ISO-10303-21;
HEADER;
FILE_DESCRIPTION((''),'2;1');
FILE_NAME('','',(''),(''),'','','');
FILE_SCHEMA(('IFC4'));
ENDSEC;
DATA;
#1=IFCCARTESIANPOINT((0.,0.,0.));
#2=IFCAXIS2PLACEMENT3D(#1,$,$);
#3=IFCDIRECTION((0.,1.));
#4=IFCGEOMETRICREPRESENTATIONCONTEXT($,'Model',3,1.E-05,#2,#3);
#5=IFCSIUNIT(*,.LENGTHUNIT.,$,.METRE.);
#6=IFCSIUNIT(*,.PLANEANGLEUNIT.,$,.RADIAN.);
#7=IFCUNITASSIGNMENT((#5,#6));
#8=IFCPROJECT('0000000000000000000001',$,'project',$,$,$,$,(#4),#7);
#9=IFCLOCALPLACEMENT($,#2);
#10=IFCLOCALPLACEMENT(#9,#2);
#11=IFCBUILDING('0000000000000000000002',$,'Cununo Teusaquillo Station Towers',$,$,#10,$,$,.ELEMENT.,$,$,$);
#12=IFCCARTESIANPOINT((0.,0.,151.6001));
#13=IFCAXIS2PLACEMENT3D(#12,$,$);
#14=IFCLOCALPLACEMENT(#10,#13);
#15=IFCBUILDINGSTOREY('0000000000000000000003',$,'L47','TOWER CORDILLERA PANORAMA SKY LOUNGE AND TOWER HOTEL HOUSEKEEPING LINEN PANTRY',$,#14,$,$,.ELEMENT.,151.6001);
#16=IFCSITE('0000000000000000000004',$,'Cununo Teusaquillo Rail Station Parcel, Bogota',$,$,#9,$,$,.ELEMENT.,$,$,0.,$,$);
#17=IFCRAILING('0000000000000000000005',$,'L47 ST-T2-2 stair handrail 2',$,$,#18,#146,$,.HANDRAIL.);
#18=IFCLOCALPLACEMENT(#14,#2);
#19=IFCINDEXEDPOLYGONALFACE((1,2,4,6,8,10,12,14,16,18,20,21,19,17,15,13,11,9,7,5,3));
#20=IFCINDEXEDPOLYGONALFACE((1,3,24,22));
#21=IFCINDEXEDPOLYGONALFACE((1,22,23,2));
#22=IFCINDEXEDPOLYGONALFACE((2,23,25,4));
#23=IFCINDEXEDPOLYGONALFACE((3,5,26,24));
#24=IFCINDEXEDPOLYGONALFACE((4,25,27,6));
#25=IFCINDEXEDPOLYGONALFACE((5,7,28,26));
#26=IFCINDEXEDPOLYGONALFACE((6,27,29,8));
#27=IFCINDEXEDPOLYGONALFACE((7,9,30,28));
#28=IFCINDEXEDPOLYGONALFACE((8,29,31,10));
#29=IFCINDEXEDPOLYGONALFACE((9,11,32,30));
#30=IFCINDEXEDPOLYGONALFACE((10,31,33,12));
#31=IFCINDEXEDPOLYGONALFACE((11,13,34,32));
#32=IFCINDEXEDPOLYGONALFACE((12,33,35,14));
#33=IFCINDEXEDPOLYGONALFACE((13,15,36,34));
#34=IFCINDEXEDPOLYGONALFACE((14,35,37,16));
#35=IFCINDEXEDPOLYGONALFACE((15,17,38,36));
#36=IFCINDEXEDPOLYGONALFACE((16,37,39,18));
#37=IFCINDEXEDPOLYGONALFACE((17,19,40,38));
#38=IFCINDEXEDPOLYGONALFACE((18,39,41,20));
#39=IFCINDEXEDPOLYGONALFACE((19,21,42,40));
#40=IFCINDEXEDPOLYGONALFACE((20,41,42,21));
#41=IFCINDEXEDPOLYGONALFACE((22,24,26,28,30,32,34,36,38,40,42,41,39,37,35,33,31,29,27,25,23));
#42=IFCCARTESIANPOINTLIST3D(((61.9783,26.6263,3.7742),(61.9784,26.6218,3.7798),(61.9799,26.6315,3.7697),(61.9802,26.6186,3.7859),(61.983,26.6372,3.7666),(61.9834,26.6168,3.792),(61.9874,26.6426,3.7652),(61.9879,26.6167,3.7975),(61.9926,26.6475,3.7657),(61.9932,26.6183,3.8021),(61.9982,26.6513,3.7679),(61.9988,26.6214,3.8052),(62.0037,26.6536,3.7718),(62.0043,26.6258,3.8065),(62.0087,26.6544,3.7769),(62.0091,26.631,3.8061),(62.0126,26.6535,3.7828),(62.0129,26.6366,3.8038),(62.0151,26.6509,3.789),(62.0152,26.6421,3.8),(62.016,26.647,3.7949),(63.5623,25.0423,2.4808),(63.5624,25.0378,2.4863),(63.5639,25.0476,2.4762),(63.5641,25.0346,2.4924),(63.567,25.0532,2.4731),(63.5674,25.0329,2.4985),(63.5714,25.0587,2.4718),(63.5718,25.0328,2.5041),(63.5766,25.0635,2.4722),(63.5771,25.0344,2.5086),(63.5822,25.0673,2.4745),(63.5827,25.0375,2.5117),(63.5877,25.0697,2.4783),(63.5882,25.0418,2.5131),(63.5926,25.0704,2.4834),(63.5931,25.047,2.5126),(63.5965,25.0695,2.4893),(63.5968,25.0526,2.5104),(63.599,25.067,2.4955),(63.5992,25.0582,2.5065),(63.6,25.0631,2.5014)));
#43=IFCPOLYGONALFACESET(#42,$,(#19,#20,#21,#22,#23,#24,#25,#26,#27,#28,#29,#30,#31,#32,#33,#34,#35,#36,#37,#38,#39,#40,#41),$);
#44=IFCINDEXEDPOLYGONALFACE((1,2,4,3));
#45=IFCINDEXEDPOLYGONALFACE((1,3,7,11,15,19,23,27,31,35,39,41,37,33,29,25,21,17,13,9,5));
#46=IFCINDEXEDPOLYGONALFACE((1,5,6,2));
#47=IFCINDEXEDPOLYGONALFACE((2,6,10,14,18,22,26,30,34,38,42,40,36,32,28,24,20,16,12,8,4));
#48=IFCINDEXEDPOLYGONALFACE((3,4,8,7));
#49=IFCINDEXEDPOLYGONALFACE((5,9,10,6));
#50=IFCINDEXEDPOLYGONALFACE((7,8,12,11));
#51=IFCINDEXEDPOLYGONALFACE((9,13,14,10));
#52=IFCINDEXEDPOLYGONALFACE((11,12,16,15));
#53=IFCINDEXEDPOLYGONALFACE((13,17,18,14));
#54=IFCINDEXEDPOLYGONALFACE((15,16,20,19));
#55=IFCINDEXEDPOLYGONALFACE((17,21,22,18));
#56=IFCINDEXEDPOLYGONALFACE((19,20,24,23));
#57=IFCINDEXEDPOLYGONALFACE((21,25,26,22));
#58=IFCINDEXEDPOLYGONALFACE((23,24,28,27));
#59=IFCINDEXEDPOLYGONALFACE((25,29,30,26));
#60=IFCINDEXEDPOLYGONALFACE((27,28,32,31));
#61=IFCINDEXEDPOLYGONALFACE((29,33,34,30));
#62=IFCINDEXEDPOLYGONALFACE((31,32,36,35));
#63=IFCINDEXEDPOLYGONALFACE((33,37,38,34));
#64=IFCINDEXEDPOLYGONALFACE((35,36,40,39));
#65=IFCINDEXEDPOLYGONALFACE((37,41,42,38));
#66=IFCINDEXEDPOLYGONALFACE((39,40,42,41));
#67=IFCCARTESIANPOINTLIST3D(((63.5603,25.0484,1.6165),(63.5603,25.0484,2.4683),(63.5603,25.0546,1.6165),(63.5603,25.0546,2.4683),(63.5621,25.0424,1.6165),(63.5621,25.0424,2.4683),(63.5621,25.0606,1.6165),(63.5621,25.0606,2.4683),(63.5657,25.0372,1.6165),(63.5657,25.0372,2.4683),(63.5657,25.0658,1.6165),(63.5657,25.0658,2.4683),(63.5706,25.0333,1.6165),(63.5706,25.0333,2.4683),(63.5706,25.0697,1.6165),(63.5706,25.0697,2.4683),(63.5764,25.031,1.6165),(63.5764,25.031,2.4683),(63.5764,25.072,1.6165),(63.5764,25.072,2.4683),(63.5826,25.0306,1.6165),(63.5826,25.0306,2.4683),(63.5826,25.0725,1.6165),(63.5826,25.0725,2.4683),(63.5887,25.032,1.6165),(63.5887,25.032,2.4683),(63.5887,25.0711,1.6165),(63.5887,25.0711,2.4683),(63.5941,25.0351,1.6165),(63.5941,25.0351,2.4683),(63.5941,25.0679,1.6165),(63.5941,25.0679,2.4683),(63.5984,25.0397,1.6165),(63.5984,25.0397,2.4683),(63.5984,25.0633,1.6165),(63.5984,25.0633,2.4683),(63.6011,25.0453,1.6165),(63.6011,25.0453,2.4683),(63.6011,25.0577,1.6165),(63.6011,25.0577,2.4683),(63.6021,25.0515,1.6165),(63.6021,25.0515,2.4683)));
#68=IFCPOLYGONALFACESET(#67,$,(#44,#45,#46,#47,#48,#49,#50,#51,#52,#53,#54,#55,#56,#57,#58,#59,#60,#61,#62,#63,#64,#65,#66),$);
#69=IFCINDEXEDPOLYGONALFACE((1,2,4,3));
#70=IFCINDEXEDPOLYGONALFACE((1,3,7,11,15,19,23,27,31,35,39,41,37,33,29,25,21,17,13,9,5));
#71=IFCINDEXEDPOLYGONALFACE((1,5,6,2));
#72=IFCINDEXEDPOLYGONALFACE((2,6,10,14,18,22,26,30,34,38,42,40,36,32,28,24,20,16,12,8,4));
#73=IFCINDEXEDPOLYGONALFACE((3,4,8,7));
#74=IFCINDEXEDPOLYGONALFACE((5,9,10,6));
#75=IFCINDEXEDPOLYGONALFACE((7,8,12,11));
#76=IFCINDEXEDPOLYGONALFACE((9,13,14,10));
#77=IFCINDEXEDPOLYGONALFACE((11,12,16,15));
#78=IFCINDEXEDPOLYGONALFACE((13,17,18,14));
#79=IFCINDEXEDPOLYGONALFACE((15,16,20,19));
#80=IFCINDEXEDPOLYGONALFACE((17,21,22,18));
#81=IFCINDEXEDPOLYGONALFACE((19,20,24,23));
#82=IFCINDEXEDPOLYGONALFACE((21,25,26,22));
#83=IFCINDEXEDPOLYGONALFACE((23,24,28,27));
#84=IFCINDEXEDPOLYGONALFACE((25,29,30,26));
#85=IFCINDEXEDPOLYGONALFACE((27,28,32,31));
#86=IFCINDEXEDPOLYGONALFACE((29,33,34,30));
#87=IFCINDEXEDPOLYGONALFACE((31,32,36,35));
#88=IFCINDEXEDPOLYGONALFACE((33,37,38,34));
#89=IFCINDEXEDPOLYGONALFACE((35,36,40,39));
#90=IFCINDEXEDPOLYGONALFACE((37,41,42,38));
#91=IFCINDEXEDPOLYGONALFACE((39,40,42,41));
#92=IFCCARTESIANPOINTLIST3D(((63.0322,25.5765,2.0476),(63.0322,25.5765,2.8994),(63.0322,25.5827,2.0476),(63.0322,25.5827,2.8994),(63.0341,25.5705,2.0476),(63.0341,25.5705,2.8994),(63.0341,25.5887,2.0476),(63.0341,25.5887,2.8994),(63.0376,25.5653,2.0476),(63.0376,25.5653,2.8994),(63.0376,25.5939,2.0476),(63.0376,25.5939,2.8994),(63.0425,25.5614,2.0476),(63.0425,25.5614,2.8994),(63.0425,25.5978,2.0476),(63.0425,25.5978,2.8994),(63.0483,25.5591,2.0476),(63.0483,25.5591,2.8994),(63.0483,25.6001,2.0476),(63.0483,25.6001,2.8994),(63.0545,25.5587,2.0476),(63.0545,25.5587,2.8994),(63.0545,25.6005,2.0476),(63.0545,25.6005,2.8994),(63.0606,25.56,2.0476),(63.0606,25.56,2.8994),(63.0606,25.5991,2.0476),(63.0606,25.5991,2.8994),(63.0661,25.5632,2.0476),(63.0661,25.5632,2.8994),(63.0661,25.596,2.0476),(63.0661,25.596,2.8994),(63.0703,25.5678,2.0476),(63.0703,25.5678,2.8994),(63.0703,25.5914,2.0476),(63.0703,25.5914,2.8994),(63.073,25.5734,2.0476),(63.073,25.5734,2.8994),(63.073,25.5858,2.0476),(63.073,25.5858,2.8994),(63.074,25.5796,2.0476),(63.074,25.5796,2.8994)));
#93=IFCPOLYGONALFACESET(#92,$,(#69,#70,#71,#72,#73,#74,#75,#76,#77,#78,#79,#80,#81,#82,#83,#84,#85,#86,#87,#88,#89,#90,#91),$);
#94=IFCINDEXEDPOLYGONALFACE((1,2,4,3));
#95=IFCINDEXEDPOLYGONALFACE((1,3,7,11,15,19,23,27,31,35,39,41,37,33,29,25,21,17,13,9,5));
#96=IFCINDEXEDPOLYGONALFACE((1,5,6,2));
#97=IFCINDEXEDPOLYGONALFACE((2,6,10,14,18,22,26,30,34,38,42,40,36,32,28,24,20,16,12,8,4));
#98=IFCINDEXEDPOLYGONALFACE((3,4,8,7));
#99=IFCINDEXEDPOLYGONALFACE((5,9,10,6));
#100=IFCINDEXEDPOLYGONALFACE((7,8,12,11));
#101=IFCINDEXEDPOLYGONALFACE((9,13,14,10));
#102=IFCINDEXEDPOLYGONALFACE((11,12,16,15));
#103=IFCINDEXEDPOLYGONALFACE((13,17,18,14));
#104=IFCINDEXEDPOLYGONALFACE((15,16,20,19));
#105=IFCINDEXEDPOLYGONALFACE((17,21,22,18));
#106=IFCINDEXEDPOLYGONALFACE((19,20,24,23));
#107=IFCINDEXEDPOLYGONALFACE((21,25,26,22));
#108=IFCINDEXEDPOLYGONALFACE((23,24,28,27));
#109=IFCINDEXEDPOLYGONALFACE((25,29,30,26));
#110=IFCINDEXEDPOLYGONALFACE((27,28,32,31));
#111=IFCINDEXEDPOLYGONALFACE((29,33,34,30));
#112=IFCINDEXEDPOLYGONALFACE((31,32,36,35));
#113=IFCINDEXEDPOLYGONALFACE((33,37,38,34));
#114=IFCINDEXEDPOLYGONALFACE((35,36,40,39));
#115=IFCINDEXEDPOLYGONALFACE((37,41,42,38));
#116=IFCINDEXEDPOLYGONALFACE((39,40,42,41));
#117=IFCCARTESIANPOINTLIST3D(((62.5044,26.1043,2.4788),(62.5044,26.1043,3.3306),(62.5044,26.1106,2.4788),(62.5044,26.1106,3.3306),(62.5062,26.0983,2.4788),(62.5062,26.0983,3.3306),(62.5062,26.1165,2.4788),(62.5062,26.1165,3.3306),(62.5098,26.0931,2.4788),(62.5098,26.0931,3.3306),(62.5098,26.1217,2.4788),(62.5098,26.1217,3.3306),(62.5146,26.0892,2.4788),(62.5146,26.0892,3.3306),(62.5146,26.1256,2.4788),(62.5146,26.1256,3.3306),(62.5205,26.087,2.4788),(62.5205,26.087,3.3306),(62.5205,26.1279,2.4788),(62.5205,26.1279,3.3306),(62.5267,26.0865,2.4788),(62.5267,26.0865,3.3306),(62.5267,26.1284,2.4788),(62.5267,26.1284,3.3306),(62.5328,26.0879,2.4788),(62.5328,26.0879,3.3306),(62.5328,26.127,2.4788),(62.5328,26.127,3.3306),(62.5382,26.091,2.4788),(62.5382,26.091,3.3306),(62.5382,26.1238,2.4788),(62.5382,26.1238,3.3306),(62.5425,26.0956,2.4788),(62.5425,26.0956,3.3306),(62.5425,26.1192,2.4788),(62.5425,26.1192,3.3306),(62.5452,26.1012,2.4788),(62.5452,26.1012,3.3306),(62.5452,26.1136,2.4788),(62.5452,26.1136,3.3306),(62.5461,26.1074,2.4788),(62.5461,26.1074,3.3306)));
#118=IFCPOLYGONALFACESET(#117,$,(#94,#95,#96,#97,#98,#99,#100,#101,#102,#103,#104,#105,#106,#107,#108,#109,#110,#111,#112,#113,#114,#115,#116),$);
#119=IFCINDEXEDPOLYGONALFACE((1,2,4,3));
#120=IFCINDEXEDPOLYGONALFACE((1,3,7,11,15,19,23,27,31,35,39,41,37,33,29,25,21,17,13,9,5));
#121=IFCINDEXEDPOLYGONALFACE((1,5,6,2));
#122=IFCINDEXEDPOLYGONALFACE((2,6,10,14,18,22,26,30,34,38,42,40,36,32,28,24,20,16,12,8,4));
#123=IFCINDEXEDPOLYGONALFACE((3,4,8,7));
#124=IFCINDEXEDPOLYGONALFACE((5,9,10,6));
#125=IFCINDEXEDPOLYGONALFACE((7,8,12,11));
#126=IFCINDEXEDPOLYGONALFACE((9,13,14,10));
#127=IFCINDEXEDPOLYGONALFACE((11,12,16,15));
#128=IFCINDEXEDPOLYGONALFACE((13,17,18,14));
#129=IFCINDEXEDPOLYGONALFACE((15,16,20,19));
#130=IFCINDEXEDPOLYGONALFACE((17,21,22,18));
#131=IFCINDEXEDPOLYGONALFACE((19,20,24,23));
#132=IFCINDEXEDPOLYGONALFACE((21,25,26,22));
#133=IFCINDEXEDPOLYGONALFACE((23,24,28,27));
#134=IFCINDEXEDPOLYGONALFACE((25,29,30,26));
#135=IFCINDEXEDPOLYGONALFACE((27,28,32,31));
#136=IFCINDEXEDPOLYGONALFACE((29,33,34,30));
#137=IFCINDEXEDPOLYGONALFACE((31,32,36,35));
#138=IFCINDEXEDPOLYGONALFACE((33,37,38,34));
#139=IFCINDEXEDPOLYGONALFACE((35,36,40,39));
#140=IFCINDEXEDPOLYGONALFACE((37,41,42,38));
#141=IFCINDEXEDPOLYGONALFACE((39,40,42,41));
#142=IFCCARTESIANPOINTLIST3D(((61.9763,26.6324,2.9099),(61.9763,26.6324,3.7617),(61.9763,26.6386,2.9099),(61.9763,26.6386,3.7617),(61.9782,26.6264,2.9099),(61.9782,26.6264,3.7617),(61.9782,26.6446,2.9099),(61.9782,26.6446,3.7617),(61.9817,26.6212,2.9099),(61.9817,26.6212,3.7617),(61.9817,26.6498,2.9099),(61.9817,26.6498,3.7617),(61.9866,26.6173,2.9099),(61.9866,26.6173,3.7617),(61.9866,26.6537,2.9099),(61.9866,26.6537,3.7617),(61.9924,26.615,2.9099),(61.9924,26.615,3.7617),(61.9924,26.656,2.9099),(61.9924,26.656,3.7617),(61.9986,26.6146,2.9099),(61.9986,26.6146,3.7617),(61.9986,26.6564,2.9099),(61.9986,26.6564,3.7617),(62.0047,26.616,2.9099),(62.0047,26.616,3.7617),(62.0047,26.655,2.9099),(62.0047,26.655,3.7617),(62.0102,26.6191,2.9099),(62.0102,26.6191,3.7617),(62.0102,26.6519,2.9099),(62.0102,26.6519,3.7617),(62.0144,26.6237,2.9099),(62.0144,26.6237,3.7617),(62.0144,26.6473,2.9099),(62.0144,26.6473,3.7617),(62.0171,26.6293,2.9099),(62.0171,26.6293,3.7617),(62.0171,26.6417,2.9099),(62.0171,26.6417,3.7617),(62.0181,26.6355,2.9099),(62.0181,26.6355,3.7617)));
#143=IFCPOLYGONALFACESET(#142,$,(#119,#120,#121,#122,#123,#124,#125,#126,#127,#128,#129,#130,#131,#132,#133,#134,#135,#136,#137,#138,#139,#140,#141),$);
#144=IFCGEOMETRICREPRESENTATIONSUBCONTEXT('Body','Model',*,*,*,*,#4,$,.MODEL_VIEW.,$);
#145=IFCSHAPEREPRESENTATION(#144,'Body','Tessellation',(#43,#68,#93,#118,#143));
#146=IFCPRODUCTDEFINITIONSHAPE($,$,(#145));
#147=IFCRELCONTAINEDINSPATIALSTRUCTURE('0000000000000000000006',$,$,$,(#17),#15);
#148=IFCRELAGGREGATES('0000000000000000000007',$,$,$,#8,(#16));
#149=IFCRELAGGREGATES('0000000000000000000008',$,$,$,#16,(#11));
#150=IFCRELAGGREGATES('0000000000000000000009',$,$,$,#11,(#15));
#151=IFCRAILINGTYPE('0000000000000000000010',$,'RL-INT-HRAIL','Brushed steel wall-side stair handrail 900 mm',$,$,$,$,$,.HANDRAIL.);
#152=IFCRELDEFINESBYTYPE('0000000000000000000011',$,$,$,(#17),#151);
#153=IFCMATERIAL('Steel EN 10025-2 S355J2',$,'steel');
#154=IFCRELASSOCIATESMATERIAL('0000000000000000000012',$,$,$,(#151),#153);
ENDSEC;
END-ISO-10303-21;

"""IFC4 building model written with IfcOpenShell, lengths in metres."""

from ifc_helpers import new_model, si_unit, direction, frame, origin, origin_2d, place, context, subcontext, project, spatial, circle, extrude, material, type_object, element, save


model = new_model("IFC4")

# Units and contexts
model_context = context("Model", 3, precision=1e-05, world=origin(), true_north=direction((0.0, 1.0)))
body_context = subcontext(model_context, "Body", "Model", "MODEL_VIEW")
ifc_project = project(units=[si_unit("LENGTHUNIT", "METRE"), si_unit("PLANEANGLEUNIT", "RADIAN")], contexts=[model_context])

# Site, building, storey
site_placement = place(None, origin())
site = spatial("IfcSite", under=ifc_project, at=site_placement, Name="Cununo Teusaquillo Rail Station Parcel, Bogota", CompositionType="ELEMENT", RefElevation=0.0)
building_placement = place(site_placement, origin())
building = spatial("IfcBuilding", under=site, at=building_placement, Name="Cununo Teusaquillo Station Towers", CompositionType="ELEMENT")
storey_placement = place(building_placement, frame((0.0, 0.0, 151.6001)))
storey = spatial("IfcBuildingStorey", under=building, at=storey_placement, Name="L47", Description="TOWER CORDILLERA PANORAMA SKY LOUNGE AND TOWER HOTEL HOUSEKEEPING LINEN PANTRY", CompositionType="ELEMENT", Elevation=151.6001)

# Railing
ifc_material_1 = material(Name="Steel EN 10025-2 S355J2", Category="steel")
railing_type_1 = type_object("IfcRailingType", Name="RL-INT-HRAIL", Description="Brushed steel wall-side stair handrail 900 mm", PredefinedType="HANDRAIL", material=ifc_material_1)
railing_1_placement = place(storey_placement, frame((63.5811, 25.0515, 1.6165)))
element("IfcRailing", 1, at=railing_1_placement, inside=storey, type_object=railing_type_1, Name="L47 ST-T2-2 stair handrail 2", PredefinedType="HANDRAIL", context=body_context, shape_type="SweptSolid", body=[
    extrude(circle(Radius=0.0239, at=origin_2d()), frame((0.0, 0.0, 0.876), z_axis=(-0.612356, 0.612356, 0.50004), x_axis=(-0.707107, -0.707107, 0.0)), (0.0, 0.0, 1.0), 2.5867),
    extrude(circle(Radius=0.021, at=origin_2d()), origin(), (0.0, 0.0, 1.0), 0.8518),
    extrude(circle(Radius=0.021, at=origin_2d()), frame((-0.5281, 0.5281, 0.4312)), (0.0, 0.0, 1.0), 0.8518),
    extrude(circle(Radius=0.021, at=origin_2d()), frame((-1.0559, 1.0559, 0.8623)), (0.0, 0.0, 1.0), 0.8518),
    extrude(circle(Radius=0.021, at=origin_2d()), frame((-1.584, 1.584, 1.2935)), (0.0, 0.0, 1.0), 0.8518),
])

save(model, "model.ifc")
